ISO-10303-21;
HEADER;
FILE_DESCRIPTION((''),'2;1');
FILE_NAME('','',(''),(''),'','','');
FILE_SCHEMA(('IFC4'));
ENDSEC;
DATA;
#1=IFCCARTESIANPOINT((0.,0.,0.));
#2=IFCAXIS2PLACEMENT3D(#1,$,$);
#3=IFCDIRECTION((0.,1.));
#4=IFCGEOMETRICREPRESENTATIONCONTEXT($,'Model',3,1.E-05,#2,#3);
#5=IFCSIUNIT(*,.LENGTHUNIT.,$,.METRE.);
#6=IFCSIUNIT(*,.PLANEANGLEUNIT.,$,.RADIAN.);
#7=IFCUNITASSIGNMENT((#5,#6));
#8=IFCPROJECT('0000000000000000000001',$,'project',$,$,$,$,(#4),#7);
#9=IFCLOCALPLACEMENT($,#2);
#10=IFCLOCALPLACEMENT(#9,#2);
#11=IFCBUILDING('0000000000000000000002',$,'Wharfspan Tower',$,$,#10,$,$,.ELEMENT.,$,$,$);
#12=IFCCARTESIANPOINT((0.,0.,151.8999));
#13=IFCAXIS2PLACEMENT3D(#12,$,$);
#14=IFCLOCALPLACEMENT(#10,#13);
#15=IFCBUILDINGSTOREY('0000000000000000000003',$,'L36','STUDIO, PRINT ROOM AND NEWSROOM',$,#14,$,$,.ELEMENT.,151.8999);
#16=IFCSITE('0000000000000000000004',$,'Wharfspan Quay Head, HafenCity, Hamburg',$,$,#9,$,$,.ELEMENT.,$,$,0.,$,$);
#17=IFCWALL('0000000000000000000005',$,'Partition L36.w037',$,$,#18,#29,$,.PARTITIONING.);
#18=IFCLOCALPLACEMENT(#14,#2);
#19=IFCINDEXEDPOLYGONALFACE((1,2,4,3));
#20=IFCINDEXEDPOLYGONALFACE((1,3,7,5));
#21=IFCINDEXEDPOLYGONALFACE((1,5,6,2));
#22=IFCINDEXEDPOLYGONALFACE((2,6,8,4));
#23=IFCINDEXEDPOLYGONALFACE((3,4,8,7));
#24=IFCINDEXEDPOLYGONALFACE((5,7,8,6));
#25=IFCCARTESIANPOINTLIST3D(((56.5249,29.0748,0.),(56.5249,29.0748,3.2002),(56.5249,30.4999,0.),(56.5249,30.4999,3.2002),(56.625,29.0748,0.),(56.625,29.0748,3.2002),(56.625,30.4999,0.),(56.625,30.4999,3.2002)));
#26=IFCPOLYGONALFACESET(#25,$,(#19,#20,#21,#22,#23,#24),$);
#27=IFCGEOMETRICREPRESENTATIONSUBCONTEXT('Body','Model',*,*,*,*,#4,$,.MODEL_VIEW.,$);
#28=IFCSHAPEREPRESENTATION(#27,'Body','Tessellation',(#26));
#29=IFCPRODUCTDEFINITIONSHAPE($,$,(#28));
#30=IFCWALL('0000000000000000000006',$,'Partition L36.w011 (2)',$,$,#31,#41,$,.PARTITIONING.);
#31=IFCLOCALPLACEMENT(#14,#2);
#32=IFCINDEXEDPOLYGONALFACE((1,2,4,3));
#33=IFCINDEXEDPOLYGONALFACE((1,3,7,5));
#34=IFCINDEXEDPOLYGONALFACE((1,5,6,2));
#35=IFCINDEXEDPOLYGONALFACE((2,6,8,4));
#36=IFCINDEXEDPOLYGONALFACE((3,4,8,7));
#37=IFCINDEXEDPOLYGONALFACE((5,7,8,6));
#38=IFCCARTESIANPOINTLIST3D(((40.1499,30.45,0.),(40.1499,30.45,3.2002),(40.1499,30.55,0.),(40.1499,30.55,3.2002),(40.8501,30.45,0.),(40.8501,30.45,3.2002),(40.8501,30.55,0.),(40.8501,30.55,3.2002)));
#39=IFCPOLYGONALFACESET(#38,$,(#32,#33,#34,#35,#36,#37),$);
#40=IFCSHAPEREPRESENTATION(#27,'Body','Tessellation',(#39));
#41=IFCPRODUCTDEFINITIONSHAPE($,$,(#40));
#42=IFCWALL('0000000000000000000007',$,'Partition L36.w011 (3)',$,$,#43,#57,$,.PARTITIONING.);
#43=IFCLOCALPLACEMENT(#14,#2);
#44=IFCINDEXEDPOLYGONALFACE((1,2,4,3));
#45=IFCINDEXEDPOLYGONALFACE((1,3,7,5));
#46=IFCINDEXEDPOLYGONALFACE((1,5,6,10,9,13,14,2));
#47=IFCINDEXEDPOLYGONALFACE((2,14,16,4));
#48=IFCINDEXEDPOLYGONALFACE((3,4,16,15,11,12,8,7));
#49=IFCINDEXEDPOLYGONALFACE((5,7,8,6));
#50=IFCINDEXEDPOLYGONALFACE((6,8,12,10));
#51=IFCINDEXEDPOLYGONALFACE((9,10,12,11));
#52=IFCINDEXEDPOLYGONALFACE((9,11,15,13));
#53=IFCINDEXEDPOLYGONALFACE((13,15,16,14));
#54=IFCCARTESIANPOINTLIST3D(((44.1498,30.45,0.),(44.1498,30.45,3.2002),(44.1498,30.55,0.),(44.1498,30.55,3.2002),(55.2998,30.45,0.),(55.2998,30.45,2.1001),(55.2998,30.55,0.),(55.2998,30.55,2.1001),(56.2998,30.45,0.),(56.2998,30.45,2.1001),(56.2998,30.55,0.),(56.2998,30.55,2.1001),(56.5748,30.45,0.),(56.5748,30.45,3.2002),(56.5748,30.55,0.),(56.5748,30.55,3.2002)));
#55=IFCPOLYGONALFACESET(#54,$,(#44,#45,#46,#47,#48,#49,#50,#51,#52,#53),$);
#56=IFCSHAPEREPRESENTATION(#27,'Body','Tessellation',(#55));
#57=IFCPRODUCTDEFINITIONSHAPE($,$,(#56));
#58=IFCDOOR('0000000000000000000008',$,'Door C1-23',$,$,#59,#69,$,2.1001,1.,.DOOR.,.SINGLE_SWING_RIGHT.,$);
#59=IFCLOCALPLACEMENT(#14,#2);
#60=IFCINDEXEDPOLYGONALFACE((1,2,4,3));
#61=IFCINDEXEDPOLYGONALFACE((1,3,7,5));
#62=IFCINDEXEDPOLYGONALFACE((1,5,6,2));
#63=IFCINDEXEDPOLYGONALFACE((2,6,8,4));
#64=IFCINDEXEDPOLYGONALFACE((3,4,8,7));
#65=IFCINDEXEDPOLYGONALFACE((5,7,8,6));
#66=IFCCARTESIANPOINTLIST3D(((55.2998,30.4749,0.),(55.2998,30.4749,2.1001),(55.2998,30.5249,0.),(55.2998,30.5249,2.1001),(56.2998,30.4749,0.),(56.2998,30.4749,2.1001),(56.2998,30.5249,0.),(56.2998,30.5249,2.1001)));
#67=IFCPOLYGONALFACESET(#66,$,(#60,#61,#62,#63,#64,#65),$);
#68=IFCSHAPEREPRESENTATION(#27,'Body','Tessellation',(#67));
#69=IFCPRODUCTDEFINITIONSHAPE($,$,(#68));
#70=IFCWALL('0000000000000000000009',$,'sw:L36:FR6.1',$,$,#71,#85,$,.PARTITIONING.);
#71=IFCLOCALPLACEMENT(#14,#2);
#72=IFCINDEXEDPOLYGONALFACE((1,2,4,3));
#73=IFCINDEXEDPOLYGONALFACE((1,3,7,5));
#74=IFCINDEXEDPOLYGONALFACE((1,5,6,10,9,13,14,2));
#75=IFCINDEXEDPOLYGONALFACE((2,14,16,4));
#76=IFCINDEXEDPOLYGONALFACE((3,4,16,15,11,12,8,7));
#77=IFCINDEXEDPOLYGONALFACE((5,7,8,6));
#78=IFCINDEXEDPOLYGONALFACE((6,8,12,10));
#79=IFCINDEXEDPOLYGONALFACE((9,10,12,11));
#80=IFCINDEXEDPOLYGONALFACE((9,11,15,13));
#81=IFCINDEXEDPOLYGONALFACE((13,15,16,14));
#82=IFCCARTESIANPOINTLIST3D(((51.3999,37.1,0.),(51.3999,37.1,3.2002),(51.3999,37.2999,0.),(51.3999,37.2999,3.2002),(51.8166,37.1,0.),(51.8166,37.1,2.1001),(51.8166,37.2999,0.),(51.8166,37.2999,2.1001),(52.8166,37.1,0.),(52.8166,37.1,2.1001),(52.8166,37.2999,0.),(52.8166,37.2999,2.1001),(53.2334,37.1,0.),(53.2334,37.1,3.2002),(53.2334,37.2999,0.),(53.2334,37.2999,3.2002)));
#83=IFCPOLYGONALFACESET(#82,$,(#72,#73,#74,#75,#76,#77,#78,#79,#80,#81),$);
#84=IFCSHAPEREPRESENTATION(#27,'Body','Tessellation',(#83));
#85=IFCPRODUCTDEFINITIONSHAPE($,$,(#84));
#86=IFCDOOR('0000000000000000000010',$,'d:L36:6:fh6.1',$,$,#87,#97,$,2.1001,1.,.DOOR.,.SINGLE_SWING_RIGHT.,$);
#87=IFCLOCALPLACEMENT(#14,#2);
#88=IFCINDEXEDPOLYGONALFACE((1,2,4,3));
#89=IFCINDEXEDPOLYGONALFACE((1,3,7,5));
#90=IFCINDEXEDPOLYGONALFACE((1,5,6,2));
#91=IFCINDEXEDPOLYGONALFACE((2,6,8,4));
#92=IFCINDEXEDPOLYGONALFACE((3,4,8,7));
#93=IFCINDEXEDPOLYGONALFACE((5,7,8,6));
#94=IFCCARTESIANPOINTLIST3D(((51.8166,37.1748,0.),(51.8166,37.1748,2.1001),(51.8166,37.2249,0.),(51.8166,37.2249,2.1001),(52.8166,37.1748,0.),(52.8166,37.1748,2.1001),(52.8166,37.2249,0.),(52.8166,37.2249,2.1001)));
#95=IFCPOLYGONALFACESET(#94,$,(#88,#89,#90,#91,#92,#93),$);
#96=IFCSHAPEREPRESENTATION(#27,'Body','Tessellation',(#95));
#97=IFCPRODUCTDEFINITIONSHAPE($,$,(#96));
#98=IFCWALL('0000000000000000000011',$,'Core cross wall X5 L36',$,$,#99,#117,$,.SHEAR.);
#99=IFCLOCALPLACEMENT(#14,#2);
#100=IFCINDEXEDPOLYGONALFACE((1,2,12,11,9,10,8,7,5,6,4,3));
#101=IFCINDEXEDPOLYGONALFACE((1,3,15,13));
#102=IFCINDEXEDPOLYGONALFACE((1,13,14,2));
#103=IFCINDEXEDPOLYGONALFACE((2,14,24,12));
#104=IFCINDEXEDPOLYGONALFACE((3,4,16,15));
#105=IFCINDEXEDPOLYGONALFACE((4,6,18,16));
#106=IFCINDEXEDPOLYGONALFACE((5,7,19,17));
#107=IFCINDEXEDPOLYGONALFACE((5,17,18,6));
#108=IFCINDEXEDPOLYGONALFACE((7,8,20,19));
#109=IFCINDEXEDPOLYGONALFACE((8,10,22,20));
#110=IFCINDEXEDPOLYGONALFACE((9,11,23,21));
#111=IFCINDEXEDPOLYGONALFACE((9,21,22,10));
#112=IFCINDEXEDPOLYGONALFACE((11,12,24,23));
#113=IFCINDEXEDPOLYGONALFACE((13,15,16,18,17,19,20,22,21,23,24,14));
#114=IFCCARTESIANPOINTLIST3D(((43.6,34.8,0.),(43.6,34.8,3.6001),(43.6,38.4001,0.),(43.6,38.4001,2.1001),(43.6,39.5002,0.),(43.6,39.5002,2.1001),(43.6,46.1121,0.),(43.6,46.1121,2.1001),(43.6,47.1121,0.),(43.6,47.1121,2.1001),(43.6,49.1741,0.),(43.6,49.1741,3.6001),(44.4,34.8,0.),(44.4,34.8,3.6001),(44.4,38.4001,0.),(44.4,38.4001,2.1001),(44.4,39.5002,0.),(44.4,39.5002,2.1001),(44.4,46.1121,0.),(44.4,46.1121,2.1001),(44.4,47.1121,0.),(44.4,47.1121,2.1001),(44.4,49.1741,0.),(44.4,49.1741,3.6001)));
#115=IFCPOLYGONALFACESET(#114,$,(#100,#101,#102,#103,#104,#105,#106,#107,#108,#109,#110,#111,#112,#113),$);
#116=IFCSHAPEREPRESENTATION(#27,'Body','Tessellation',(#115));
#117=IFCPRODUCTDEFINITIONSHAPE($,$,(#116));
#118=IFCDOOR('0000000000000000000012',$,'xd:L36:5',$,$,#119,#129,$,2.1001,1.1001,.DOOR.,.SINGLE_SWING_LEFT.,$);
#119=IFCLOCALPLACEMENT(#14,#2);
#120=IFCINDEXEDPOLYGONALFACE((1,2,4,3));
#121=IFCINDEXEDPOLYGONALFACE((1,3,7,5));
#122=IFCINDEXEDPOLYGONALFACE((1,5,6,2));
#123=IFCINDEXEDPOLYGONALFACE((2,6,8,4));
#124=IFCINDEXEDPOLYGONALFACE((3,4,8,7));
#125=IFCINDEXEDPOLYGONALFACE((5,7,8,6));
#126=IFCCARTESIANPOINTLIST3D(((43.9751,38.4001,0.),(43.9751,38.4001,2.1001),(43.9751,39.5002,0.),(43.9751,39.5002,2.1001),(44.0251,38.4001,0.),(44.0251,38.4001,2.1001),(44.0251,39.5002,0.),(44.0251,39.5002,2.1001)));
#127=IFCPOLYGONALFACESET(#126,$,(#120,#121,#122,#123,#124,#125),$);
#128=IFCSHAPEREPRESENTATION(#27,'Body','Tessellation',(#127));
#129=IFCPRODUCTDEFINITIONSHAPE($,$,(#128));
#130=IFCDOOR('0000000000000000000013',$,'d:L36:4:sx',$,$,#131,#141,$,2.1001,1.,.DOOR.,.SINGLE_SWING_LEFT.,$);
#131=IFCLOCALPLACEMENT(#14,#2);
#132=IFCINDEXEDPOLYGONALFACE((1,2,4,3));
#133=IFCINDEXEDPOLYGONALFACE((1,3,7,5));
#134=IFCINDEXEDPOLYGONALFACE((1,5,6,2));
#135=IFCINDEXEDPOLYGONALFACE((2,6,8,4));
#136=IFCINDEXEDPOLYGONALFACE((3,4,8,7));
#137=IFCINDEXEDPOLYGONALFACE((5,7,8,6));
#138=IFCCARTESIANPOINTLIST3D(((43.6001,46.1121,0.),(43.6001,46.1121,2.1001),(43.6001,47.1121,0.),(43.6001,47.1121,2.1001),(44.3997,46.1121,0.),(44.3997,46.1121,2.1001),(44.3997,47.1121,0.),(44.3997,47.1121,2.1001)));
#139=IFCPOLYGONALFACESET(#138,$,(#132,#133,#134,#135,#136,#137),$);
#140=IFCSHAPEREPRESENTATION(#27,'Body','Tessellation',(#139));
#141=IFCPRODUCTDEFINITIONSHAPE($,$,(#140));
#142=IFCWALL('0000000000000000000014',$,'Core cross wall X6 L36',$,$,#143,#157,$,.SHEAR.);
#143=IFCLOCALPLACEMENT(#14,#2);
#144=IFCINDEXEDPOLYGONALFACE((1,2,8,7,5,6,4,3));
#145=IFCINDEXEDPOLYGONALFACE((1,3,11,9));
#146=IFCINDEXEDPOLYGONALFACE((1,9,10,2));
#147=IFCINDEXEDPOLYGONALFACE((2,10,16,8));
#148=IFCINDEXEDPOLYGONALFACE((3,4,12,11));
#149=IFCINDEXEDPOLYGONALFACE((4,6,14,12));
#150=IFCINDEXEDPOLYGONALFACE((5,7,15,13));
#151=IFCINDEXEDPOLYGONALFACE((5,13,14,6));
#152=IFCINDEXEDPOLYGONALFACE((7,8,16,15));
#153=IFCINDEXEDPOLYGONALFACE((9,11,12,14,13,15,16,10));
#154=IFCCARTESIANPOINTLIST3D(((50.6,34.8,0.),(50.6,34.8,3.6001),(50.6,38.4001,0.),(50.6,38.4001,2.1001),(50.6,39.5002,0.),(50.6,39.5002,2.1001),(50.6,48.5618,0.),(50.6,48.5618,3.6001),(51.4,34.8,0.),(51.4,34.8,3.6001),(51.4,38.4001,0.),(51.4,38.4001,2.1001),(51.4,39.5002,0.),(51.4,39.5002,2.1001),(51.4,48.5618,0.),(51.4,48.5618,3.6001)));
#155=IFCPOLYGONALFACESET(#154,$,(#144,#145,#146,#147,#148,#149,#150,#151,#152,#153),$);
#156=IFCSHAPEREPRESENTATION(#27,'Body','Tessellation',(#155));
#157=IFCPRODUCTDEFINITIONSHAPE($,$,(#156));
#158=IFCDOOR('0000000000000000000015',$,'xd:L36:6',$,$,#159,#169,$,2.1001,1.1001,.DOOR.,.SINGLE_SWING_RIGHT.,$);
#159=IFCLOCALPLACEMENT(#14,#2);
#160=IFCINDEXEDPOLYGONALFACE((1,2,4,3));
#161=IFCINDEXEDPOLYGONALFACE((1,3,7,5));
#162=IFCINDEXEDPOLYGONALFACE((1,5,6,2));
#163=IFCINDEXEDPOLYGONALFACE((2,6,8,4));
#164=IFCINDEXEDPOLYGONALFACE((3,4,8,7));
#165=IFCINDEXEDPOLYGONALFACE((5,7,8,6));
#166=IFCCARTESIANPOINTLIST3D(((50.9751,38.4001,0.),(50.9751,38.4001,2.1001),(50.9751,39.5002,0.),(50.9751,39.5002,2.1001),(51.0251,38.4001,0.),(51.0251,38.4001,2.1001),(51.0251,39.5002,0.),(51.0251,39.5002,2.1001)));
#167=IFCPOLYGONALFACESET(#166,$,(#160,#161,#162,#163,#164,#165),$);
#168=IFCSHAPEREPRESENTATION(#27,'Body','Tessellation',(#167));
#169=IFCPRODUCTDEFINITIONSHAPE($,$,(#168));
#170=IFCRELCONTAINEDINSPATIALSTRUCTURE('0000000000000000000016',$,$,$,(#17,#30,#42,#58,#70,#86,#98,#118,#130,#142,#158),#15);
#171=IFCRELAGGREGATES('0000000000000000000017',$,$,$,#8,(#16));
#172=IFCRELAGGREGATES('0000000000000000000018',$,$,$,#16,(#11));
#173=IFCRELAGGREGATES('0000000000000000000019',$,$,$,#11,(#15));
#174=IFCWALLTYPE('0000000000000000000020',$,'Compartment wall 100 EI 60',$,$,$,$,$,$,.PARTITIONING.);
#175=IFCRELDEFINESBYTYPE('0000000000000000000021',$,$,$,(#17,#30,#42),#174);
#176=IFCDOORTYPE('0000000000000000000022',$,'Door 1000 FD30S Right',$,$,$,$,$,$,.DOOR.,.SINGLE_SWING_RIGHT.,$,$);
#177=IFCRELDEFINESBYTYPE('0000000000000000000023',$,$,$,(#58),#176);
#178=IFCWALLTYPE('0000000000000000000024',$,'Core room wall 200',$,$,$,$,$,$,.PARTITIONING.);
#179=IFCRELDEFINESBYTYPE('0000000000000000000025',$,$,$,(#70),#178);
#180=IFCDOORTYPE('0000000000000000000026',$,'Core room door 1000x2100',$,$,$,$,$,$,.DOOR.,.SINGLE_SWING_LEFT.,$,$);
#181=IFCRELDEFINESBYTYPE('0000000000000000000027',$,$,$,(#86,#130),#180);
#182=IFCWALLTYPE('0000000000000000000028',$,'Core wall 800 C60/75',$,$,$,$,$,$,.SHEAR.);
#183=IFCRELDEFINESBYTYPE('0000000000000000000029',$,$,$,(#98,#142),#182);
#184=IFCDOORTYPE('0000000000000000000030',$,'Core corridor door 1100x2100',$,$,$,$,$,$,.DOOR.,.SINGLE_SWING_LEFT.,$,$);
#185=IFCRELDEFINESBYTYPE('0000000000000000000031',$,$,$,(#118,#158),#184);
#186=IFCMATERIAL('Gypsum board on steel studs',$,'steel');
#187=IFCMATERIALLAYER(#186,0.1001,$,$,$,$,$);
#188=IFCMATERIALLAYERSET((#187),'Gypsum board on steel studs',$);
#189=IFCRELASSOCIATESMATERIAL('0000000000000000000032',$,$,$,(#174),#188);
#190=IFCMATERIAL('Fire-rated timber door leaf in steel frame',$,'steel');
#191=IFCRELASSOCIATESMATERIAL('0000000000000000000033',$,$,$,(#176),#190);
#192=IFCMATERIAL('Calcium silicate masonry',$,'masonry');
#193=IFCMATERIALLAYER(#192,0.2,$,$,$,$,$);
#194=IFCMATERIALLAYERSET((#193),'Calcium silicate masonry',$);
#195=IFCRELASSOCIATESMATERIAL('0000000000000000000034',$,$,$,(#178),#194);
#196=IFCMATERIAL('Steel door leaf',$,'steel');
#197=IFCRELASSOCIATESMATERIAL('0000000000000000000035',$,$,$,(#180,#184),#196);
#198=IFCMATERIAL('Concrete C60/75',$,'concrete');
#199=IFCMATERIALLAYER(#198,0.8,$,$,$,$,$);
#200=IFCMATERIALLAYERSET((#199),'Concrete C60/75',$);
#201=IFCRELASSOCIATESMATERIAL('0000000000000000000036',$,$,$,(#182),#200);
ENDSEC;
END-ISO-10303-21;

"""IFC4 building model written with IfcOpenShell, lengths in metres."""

from ifc_helpers import new_model, si_unit, direction, frame, frame_2d, origin, place, context, subcontext, project, spatial, rectangle, extrude, material, layer, layer_set, type_object, element, fill, save


model = new_model("IFC4")

# Units and contexts
model_context = context("Model", 3, precision=1e-05, world=origin(), true_north=direction((0.0, 1.0)))
body_context = subcontext(model_context, "Body", "Model", "MODEL_VIEW")
ifc_project = project(units=[si_unit("LENGTHUNIT", "METRE"), si_unit("PLANEANGLEUNIT", "RADIAN")], contexts=[model_context])

# Site, building, storey
site_placement = place(None, origin())
site = spatial("IfcSite", under=ifc_project, at=site_placement, Name="Wharfspan Quay Head, HafenCity, Hamburg", CompositionType="ELEMENT", RefElevation=0.0)
building_placement = place(site_placement, origin())
building = spatial("IfcBuilding", under=site, at=building_placement, Name="Wharfspan Tower", CompositionType="ELEMENT")
storey_placement = place(building_placement, frame((0.0, 0.0, 151.8999)))
storey = spatial("IfcBuildingStorey", under=building, at=storey_placement, Name="L36", Description="STUDIO, PRINT ROOM AND NEWSROOM", CompositionType="ELEMENT", Elevation=151.8999)

# Walls
ifc_material_1 = material(Name="Gypsum board on steel studs", Category="steel")
ifc_layer_1 = layer(ifc_material_1, 0.1001)
ifc_layer_set_1 = layer_set([ifc_layer_1], Name="Gypsum board on steel studs")
wall_type_1 = type_object("IfcWallType", Name="Compartment wall 100 EI 60", PredefinedType="PARTITIONING", material=ifc_layer_set_1)
wall_1_placement = place(storey_placement, frame((56.575, 29.075, 0.0), z_axis=(0.0, 0.0, 1.0), x_axis=(0.0, 1.0, 0.0)))
element("IfcWall", 1, at=wall_1_placement, inside=storey, type_object=wall_type_1, Name="Partition L36.w037", PredefinedType="PARTITIONING", context=body_context, shape_type="SweptSolid", body=[
    extrude(rectangle(XDim=1.425, YDim=0.1001, at=frame_2d((0.7124, 0.0))), origin(), (0.0, 0.0, 1.0), 3.2002),
])
wall_2_placement = place(storey_placement, frame((40.1499, 30.5, 0.0), z_axis=(0.0, 0.0, 1.0), x_axis=(1.0, 0.0, 0.0)))
element("IfcWall", 2, at=wall_2_placement, inside=storey, type_object=wall_type_1, Name="Partition L36.w011 (2)", PredefinedType="PARTITIONING", context=body_context, shape_type="SweptSolid", body=[
    extrude(rectangle(XDim=0.7002, YDim=0.1001, at=frame_2d((0.3501, 0.0))), origin(), (0.0, 0.0, 1.0), 3.2002),
])

# Walls, openings, doors
wall_3_placement = place(storey_placement, frame((44.1499, 30.5, 0.0), z_axis=(0.0, 0.0, 1.0), x_axis=(1.0, 0.0, 0.0)))
wall_3 = element("IfcWall", 3, at=wall_3_placement, inside=storey, type_object=wall_type_1, Name="Partition L36.w011 (3)", PredefinedType="PARTITIONING", context=body_context, shape_type="SweptSolid", body=[
    extrude(rectangle(XDim=12.425, YDim=0.1001, at=frame_2d((6.2124, 0.0))), origin(), (0.0, 0.0, 1.0), 3.2002),
])
opening_1_placement = place(wall_3_placement, frame((11.1499, 0.0, 0.0)))
opening_1 = element("IfcOpeningElement", 4, at=opening_1_placement, cuts=wall_3, PredefinedType="OPENING", context=body_context, shape_type="SweptSolid", body=[
    extrude(rectangle(XDim=1.0, YDim=2.1001, at=frame_2d((0.5, 1.05))), frame((0.0, 0.0601, 0.0), z_axis=(0.0, -1.0, 0.0), x_axis=(1.0, 0.0, 0.0)), (0.0, 0.0, 1.0), 0.1201),
])
ifc_material_2 = material(Name="Fire-rated timber door leaf in steel frame", Category="steel")
door_type_1 = type_object("IfcDoorType", Name="Door 1000 FD30S Right", OperationType="SINGLE_SWING_RIGHT", PredefinedType="DOOR", material=ifc_material_2)
door_1_placement = place(opening_1_placement, origin())
door_1 = element("IfcDoor", 5, at=door_1_placement, inside=storey, type_object=door_type_1, Name="Door C1-23", OperationType="SINGLE_SWING_RIGHT", OverallHeight=2.1001, OverallWidth=1.0, PredefinedType="DOOR", context=body_context, shape_type="SweptSolid", body=[
    extrude(rectangle(XDim=1.0, YDim=2.1001, at=frame_2d((0.5, 1.05))), frame((0.0, 0.0249, 0.0), z_axis=(0.0, -1.0, 0.0), x_axis=(1.0, 0.0, 0.0)), (0.0, 0.0, 1.0), 0.05),
])
fill(opening_1, door_1)
ifc_material_3 = material(Name="Calcium silicate masonry", Category="masonry")
ifc_layer_2 = layer(ifc_material_3, 0.2)
ifc_layer_set_2 = layer_set([ifc_layer_2], Name="Calcium silicate masonry")
wall_type_2 = type_object("IfcWallType", Name="Core room wall 200", PredefinedType="PARTITIONING", material=ifc_layer_set_2)
wall_4_placement = place(storey_placement, frame((51.3999, 37.2, 0.0), z_axis=(0.0, 0.0, 1.0), x_axis=(1.0, 0.0, 0.0)))
wall_4 = element("IfcWall", 6, at=wall_4_placement, inside=storey, type_object=wall_type_2, Name="sw:L36:FR6.1", PredefinedType="PARTITIONING", context=body_context, shape_type="SweptSolid", body=[
    extrude(rectangle(XDim=1.8335, YDim=0.2, at=frame_2d((0.9167, 0.0))), origin(), (0.0, 0.0, 1.0), 3.2002),
])
opening_2_placement = place(wall_4_placement, frame((0.4167, 0.0, 0.0)))
opening_2 = element("IfcOpeningElement", 7, at=opening_2_placement, cuts=wall_4, PredefinedType="OPENING", context=body_context, shape_type="SweptSolid", body=[
    extrude(rectangle(XDim=1.0, YDim=2.1001, at=frame_2d((0.5, 1.05))), frame((0.0, 0.1099, 0.0), z_axis=(0.0, -1.0, 0.0), x_axis=(1.0, 0.0, 0.0)), (0.0, 0.0, 1.0), 0.22),
])
ifc_material_4 = material(Name="Steel door leaf", Category="steel")
door_type_2 = type_object("IfcDoorType", Name="Core room door 1000x2100", OperationType="SINGLE_SWING_LEFT", PredefinedType="DOOR", material=ifc_material_4)
door_2_placement = place(opening_2_placement, origin())
door_2 = element("IfcDoor", 8, at=door_2_placement, inside=storey, type_object=door_type_2, Name="d:L36:6:fh6.1", OperationType="SINGLE_SWING_RIGHT", OverallHeight=2.1001, OverallWidth=1.0, PredefinedType="DOOR", context=body_context, shape_type="SweptSolid", body=[
    extrude(rectangle(XDim=1.0, YDim=2.1001, at=frame_2d((0.5, 1.05))), frame((0.0, 0.0249, 0.0), z_axis=(0.0, -1.0, 0.0), x_axis=(1.0, 0.0, 0.0)), (0.0, 0.0, 1.0), 0.05),
])
fill(opening_2, door_2)

# Wall, openings, doors
ifc_material_5 = material(Name="Concrete C60/75", Category="concrete")
ifc_layer_3 = layer(ifc_material_5, 0.8)
ifc_layer_set_3 = layer_set([ifc_layer_3], Name="Concrete C60/75")
wall_type_3 = type_object("IfcWallType", Name="Core wall 800 C60/75", PredefinedType="SHEAR", material=ifc_layer_set_3)
wall_5_placement = place(storey_placement, frame((44.0, 34.8, 0.0), z_axis=(0.0, 0.0, 1.0), x_axis=(0.0, 1.0, 0.0)))
wall_5 = element("IfcWall", 9, at=wall_5_placement, inside=storey, type_object=wall_type_3, Name="Core cross wall X5 L36", PredefinedType="SHEAR", context=body_context, shape_type="SweptSolid", body=[
    extrude(rectangle(XDim=14.374, YDim=0.8, at=frame_2d((7.187, 0.0))), origin(), (0.0, 0.0, 1.0), 3.6001),
])
opening_3_placement = place(wall_5_placement, frame((11.312, 0.0, 0.0)))
opening_3 = element("IfcOpeningElement", 10, at=opening_3_placement, cuts=wall_5, PredefinedType="OPENING", context=body_context, shape_type="SweptSolid", body=[
    extrude(rectangle(XDim=1.0, YDim=2.1001, at=frame_2d((0.5, 1.05))), frame((0.0, 0.4099, 0.0), z_axis=(0.0, -1.0, 0.0), x_axis=(1.0, 0.0, 0.0)), (0.0, 0.0, 1.0), 0.8201),
])
opening_4_placement = place(wall_5_placement, frame((3.6001, 0.0, 0.0)))
opening_4 = element("IfcOpeningElement", 11, at=opening_4_placement, cuts=wall_5, PredefinedType="OPENING", context=body_context, shape_type="SweptSolid", body=[
    extrude(rectangle(XDim=1.1001, YDim=2.1001, at=frame_2d((0.55, 1.05))), frame((0.0, 0.4099, 0.0), z_axis=(0.0, -1.0, 0.0), x_axis=(1.0, 0.0, 0.0)), (0.0, 0.0, 1.0), 0.8201),
])
door_type_3 = type_object("IfcDoorType", Name="Core corridor door 1100x2100", OperationType="SINGLE_SWING_LEFT", PredefinedType="DOOR", material=ifc_material_4)
door_3_placement = place(opening_4_placement, origin())
door_3 = element("IfcDoor", 12, at=door_3_placement, inside=storey, type_object=door_type_3, Name="xd:L36:5", OperationType="SINGLE_SWING_LEFT", OverallHeight=2.1001, OverallWidth=1.1001, PredefinedType="DOOR", context=body_context, shape_type="SweptSolid", body=[
    extrude(rectangle(XDim=1.1001, YDim=2.1001, at=frame_2d((0.55, 1.05))), frame((0.0, 0.0249, 0.0), z_axis=(0.0, -1.0, 0.0), x_axis=(1.0, 0.0, 0.0)), (0.0, 0.0, 1.0), 0.05),
])
fill(opening_4, door_3)
door_4_placement = place(opening_3_placement, origin())
door_4 = element("IfcDoor", 13, at=door_4_placement, inside=storey, type_object=door_type_2, Name="d:L36:4:sx", OperationType="SINGLE_SWING_LEFT", OverallHeight=2.1001, OverallWidth=1.0, PredefinedType="DOOR", context=body_context, shape_type="SweptSolid", body=[
    extrude(rectangle(XDim=1.0, YDim=2.1001, at=frame_2d((0.5, 1.05))), frame((0.0, 0.3999, 0.0), z_axis=(0.0, -1.0, 0.0), x_axis=(1.0, 0.0, 0.0)), (0.0, 0.0, 1.0), 0.7996),
])
fill(opening_3, door_4)

# Wall, opening, door
wall_6_placement = place(storey_placement, frame((51.0, 34.8, 0.0), z_axis=(0.0, 0.0, 1.0), x_axis=(0.0, 1.0, 0.0)))
wall_6 = element("IfcWall", 14, at=wall_6_placement, inside=storey, type_object=wall_type_3, Name="Core cross wall X6 L36", PredefinedType="SHEAR", context=body_context, shape_type="SweptSolid", body=[
    extrude(rectangle(XDim=13.7617, YDim=0.8, at=frame_2d((6.8809, 0.0))), origin(), (0.0, 0.0, 1.0), 3.6001),
])
opening_5_placement = place(wall_6_placement, frame((3.6001, 0.0, 0.0)))
opening_5 = element("IfcOpeningElement", 15, at=opening_5_placement, cuts=wall_6, PredefinedType="OPENING", context=body_context, shape_type="SweptSolid", body=[
    extrude(rectangle(XDim=1.1001, YDim=2.1001, at=frame_2d((0.55, 1.05))), frame((0.0, 0.4099, 0.0), z_axis=(0.0, -1.0, 0.0), x_axis=(1.0, 0.0, 0.0)), (0.0, 0.0, 1.0), 0.8201),
])
door_5_placement = place(opening_5_placement, origin())
door_5 = element("IfcDoor", 16, at=door_5_placement, inside=storey, type_object=door_type_3, Name="xd:L36:6", OperationType="SINGLE_SWING_RIGHT", OverallHeight=2.1001, OverallWidth=1.1001, PredefinedType="DOOR", context=body_context, shape_type="SweptSolid", body=[
    extrude(rectangle(XDim=1.1001, YDim=2.1001, at=frame_2d((0.55, 1.05))), frame((0.0, 0.0249, 0.0), z_axis=(0.0, -1.0, 0.0), x_axis=(1.0, 0.0, 0.0)), (0.0, 0.0, 1.0), 0.05),
])
fill(opening_5, door_5)

save(model, "model.ifc")
